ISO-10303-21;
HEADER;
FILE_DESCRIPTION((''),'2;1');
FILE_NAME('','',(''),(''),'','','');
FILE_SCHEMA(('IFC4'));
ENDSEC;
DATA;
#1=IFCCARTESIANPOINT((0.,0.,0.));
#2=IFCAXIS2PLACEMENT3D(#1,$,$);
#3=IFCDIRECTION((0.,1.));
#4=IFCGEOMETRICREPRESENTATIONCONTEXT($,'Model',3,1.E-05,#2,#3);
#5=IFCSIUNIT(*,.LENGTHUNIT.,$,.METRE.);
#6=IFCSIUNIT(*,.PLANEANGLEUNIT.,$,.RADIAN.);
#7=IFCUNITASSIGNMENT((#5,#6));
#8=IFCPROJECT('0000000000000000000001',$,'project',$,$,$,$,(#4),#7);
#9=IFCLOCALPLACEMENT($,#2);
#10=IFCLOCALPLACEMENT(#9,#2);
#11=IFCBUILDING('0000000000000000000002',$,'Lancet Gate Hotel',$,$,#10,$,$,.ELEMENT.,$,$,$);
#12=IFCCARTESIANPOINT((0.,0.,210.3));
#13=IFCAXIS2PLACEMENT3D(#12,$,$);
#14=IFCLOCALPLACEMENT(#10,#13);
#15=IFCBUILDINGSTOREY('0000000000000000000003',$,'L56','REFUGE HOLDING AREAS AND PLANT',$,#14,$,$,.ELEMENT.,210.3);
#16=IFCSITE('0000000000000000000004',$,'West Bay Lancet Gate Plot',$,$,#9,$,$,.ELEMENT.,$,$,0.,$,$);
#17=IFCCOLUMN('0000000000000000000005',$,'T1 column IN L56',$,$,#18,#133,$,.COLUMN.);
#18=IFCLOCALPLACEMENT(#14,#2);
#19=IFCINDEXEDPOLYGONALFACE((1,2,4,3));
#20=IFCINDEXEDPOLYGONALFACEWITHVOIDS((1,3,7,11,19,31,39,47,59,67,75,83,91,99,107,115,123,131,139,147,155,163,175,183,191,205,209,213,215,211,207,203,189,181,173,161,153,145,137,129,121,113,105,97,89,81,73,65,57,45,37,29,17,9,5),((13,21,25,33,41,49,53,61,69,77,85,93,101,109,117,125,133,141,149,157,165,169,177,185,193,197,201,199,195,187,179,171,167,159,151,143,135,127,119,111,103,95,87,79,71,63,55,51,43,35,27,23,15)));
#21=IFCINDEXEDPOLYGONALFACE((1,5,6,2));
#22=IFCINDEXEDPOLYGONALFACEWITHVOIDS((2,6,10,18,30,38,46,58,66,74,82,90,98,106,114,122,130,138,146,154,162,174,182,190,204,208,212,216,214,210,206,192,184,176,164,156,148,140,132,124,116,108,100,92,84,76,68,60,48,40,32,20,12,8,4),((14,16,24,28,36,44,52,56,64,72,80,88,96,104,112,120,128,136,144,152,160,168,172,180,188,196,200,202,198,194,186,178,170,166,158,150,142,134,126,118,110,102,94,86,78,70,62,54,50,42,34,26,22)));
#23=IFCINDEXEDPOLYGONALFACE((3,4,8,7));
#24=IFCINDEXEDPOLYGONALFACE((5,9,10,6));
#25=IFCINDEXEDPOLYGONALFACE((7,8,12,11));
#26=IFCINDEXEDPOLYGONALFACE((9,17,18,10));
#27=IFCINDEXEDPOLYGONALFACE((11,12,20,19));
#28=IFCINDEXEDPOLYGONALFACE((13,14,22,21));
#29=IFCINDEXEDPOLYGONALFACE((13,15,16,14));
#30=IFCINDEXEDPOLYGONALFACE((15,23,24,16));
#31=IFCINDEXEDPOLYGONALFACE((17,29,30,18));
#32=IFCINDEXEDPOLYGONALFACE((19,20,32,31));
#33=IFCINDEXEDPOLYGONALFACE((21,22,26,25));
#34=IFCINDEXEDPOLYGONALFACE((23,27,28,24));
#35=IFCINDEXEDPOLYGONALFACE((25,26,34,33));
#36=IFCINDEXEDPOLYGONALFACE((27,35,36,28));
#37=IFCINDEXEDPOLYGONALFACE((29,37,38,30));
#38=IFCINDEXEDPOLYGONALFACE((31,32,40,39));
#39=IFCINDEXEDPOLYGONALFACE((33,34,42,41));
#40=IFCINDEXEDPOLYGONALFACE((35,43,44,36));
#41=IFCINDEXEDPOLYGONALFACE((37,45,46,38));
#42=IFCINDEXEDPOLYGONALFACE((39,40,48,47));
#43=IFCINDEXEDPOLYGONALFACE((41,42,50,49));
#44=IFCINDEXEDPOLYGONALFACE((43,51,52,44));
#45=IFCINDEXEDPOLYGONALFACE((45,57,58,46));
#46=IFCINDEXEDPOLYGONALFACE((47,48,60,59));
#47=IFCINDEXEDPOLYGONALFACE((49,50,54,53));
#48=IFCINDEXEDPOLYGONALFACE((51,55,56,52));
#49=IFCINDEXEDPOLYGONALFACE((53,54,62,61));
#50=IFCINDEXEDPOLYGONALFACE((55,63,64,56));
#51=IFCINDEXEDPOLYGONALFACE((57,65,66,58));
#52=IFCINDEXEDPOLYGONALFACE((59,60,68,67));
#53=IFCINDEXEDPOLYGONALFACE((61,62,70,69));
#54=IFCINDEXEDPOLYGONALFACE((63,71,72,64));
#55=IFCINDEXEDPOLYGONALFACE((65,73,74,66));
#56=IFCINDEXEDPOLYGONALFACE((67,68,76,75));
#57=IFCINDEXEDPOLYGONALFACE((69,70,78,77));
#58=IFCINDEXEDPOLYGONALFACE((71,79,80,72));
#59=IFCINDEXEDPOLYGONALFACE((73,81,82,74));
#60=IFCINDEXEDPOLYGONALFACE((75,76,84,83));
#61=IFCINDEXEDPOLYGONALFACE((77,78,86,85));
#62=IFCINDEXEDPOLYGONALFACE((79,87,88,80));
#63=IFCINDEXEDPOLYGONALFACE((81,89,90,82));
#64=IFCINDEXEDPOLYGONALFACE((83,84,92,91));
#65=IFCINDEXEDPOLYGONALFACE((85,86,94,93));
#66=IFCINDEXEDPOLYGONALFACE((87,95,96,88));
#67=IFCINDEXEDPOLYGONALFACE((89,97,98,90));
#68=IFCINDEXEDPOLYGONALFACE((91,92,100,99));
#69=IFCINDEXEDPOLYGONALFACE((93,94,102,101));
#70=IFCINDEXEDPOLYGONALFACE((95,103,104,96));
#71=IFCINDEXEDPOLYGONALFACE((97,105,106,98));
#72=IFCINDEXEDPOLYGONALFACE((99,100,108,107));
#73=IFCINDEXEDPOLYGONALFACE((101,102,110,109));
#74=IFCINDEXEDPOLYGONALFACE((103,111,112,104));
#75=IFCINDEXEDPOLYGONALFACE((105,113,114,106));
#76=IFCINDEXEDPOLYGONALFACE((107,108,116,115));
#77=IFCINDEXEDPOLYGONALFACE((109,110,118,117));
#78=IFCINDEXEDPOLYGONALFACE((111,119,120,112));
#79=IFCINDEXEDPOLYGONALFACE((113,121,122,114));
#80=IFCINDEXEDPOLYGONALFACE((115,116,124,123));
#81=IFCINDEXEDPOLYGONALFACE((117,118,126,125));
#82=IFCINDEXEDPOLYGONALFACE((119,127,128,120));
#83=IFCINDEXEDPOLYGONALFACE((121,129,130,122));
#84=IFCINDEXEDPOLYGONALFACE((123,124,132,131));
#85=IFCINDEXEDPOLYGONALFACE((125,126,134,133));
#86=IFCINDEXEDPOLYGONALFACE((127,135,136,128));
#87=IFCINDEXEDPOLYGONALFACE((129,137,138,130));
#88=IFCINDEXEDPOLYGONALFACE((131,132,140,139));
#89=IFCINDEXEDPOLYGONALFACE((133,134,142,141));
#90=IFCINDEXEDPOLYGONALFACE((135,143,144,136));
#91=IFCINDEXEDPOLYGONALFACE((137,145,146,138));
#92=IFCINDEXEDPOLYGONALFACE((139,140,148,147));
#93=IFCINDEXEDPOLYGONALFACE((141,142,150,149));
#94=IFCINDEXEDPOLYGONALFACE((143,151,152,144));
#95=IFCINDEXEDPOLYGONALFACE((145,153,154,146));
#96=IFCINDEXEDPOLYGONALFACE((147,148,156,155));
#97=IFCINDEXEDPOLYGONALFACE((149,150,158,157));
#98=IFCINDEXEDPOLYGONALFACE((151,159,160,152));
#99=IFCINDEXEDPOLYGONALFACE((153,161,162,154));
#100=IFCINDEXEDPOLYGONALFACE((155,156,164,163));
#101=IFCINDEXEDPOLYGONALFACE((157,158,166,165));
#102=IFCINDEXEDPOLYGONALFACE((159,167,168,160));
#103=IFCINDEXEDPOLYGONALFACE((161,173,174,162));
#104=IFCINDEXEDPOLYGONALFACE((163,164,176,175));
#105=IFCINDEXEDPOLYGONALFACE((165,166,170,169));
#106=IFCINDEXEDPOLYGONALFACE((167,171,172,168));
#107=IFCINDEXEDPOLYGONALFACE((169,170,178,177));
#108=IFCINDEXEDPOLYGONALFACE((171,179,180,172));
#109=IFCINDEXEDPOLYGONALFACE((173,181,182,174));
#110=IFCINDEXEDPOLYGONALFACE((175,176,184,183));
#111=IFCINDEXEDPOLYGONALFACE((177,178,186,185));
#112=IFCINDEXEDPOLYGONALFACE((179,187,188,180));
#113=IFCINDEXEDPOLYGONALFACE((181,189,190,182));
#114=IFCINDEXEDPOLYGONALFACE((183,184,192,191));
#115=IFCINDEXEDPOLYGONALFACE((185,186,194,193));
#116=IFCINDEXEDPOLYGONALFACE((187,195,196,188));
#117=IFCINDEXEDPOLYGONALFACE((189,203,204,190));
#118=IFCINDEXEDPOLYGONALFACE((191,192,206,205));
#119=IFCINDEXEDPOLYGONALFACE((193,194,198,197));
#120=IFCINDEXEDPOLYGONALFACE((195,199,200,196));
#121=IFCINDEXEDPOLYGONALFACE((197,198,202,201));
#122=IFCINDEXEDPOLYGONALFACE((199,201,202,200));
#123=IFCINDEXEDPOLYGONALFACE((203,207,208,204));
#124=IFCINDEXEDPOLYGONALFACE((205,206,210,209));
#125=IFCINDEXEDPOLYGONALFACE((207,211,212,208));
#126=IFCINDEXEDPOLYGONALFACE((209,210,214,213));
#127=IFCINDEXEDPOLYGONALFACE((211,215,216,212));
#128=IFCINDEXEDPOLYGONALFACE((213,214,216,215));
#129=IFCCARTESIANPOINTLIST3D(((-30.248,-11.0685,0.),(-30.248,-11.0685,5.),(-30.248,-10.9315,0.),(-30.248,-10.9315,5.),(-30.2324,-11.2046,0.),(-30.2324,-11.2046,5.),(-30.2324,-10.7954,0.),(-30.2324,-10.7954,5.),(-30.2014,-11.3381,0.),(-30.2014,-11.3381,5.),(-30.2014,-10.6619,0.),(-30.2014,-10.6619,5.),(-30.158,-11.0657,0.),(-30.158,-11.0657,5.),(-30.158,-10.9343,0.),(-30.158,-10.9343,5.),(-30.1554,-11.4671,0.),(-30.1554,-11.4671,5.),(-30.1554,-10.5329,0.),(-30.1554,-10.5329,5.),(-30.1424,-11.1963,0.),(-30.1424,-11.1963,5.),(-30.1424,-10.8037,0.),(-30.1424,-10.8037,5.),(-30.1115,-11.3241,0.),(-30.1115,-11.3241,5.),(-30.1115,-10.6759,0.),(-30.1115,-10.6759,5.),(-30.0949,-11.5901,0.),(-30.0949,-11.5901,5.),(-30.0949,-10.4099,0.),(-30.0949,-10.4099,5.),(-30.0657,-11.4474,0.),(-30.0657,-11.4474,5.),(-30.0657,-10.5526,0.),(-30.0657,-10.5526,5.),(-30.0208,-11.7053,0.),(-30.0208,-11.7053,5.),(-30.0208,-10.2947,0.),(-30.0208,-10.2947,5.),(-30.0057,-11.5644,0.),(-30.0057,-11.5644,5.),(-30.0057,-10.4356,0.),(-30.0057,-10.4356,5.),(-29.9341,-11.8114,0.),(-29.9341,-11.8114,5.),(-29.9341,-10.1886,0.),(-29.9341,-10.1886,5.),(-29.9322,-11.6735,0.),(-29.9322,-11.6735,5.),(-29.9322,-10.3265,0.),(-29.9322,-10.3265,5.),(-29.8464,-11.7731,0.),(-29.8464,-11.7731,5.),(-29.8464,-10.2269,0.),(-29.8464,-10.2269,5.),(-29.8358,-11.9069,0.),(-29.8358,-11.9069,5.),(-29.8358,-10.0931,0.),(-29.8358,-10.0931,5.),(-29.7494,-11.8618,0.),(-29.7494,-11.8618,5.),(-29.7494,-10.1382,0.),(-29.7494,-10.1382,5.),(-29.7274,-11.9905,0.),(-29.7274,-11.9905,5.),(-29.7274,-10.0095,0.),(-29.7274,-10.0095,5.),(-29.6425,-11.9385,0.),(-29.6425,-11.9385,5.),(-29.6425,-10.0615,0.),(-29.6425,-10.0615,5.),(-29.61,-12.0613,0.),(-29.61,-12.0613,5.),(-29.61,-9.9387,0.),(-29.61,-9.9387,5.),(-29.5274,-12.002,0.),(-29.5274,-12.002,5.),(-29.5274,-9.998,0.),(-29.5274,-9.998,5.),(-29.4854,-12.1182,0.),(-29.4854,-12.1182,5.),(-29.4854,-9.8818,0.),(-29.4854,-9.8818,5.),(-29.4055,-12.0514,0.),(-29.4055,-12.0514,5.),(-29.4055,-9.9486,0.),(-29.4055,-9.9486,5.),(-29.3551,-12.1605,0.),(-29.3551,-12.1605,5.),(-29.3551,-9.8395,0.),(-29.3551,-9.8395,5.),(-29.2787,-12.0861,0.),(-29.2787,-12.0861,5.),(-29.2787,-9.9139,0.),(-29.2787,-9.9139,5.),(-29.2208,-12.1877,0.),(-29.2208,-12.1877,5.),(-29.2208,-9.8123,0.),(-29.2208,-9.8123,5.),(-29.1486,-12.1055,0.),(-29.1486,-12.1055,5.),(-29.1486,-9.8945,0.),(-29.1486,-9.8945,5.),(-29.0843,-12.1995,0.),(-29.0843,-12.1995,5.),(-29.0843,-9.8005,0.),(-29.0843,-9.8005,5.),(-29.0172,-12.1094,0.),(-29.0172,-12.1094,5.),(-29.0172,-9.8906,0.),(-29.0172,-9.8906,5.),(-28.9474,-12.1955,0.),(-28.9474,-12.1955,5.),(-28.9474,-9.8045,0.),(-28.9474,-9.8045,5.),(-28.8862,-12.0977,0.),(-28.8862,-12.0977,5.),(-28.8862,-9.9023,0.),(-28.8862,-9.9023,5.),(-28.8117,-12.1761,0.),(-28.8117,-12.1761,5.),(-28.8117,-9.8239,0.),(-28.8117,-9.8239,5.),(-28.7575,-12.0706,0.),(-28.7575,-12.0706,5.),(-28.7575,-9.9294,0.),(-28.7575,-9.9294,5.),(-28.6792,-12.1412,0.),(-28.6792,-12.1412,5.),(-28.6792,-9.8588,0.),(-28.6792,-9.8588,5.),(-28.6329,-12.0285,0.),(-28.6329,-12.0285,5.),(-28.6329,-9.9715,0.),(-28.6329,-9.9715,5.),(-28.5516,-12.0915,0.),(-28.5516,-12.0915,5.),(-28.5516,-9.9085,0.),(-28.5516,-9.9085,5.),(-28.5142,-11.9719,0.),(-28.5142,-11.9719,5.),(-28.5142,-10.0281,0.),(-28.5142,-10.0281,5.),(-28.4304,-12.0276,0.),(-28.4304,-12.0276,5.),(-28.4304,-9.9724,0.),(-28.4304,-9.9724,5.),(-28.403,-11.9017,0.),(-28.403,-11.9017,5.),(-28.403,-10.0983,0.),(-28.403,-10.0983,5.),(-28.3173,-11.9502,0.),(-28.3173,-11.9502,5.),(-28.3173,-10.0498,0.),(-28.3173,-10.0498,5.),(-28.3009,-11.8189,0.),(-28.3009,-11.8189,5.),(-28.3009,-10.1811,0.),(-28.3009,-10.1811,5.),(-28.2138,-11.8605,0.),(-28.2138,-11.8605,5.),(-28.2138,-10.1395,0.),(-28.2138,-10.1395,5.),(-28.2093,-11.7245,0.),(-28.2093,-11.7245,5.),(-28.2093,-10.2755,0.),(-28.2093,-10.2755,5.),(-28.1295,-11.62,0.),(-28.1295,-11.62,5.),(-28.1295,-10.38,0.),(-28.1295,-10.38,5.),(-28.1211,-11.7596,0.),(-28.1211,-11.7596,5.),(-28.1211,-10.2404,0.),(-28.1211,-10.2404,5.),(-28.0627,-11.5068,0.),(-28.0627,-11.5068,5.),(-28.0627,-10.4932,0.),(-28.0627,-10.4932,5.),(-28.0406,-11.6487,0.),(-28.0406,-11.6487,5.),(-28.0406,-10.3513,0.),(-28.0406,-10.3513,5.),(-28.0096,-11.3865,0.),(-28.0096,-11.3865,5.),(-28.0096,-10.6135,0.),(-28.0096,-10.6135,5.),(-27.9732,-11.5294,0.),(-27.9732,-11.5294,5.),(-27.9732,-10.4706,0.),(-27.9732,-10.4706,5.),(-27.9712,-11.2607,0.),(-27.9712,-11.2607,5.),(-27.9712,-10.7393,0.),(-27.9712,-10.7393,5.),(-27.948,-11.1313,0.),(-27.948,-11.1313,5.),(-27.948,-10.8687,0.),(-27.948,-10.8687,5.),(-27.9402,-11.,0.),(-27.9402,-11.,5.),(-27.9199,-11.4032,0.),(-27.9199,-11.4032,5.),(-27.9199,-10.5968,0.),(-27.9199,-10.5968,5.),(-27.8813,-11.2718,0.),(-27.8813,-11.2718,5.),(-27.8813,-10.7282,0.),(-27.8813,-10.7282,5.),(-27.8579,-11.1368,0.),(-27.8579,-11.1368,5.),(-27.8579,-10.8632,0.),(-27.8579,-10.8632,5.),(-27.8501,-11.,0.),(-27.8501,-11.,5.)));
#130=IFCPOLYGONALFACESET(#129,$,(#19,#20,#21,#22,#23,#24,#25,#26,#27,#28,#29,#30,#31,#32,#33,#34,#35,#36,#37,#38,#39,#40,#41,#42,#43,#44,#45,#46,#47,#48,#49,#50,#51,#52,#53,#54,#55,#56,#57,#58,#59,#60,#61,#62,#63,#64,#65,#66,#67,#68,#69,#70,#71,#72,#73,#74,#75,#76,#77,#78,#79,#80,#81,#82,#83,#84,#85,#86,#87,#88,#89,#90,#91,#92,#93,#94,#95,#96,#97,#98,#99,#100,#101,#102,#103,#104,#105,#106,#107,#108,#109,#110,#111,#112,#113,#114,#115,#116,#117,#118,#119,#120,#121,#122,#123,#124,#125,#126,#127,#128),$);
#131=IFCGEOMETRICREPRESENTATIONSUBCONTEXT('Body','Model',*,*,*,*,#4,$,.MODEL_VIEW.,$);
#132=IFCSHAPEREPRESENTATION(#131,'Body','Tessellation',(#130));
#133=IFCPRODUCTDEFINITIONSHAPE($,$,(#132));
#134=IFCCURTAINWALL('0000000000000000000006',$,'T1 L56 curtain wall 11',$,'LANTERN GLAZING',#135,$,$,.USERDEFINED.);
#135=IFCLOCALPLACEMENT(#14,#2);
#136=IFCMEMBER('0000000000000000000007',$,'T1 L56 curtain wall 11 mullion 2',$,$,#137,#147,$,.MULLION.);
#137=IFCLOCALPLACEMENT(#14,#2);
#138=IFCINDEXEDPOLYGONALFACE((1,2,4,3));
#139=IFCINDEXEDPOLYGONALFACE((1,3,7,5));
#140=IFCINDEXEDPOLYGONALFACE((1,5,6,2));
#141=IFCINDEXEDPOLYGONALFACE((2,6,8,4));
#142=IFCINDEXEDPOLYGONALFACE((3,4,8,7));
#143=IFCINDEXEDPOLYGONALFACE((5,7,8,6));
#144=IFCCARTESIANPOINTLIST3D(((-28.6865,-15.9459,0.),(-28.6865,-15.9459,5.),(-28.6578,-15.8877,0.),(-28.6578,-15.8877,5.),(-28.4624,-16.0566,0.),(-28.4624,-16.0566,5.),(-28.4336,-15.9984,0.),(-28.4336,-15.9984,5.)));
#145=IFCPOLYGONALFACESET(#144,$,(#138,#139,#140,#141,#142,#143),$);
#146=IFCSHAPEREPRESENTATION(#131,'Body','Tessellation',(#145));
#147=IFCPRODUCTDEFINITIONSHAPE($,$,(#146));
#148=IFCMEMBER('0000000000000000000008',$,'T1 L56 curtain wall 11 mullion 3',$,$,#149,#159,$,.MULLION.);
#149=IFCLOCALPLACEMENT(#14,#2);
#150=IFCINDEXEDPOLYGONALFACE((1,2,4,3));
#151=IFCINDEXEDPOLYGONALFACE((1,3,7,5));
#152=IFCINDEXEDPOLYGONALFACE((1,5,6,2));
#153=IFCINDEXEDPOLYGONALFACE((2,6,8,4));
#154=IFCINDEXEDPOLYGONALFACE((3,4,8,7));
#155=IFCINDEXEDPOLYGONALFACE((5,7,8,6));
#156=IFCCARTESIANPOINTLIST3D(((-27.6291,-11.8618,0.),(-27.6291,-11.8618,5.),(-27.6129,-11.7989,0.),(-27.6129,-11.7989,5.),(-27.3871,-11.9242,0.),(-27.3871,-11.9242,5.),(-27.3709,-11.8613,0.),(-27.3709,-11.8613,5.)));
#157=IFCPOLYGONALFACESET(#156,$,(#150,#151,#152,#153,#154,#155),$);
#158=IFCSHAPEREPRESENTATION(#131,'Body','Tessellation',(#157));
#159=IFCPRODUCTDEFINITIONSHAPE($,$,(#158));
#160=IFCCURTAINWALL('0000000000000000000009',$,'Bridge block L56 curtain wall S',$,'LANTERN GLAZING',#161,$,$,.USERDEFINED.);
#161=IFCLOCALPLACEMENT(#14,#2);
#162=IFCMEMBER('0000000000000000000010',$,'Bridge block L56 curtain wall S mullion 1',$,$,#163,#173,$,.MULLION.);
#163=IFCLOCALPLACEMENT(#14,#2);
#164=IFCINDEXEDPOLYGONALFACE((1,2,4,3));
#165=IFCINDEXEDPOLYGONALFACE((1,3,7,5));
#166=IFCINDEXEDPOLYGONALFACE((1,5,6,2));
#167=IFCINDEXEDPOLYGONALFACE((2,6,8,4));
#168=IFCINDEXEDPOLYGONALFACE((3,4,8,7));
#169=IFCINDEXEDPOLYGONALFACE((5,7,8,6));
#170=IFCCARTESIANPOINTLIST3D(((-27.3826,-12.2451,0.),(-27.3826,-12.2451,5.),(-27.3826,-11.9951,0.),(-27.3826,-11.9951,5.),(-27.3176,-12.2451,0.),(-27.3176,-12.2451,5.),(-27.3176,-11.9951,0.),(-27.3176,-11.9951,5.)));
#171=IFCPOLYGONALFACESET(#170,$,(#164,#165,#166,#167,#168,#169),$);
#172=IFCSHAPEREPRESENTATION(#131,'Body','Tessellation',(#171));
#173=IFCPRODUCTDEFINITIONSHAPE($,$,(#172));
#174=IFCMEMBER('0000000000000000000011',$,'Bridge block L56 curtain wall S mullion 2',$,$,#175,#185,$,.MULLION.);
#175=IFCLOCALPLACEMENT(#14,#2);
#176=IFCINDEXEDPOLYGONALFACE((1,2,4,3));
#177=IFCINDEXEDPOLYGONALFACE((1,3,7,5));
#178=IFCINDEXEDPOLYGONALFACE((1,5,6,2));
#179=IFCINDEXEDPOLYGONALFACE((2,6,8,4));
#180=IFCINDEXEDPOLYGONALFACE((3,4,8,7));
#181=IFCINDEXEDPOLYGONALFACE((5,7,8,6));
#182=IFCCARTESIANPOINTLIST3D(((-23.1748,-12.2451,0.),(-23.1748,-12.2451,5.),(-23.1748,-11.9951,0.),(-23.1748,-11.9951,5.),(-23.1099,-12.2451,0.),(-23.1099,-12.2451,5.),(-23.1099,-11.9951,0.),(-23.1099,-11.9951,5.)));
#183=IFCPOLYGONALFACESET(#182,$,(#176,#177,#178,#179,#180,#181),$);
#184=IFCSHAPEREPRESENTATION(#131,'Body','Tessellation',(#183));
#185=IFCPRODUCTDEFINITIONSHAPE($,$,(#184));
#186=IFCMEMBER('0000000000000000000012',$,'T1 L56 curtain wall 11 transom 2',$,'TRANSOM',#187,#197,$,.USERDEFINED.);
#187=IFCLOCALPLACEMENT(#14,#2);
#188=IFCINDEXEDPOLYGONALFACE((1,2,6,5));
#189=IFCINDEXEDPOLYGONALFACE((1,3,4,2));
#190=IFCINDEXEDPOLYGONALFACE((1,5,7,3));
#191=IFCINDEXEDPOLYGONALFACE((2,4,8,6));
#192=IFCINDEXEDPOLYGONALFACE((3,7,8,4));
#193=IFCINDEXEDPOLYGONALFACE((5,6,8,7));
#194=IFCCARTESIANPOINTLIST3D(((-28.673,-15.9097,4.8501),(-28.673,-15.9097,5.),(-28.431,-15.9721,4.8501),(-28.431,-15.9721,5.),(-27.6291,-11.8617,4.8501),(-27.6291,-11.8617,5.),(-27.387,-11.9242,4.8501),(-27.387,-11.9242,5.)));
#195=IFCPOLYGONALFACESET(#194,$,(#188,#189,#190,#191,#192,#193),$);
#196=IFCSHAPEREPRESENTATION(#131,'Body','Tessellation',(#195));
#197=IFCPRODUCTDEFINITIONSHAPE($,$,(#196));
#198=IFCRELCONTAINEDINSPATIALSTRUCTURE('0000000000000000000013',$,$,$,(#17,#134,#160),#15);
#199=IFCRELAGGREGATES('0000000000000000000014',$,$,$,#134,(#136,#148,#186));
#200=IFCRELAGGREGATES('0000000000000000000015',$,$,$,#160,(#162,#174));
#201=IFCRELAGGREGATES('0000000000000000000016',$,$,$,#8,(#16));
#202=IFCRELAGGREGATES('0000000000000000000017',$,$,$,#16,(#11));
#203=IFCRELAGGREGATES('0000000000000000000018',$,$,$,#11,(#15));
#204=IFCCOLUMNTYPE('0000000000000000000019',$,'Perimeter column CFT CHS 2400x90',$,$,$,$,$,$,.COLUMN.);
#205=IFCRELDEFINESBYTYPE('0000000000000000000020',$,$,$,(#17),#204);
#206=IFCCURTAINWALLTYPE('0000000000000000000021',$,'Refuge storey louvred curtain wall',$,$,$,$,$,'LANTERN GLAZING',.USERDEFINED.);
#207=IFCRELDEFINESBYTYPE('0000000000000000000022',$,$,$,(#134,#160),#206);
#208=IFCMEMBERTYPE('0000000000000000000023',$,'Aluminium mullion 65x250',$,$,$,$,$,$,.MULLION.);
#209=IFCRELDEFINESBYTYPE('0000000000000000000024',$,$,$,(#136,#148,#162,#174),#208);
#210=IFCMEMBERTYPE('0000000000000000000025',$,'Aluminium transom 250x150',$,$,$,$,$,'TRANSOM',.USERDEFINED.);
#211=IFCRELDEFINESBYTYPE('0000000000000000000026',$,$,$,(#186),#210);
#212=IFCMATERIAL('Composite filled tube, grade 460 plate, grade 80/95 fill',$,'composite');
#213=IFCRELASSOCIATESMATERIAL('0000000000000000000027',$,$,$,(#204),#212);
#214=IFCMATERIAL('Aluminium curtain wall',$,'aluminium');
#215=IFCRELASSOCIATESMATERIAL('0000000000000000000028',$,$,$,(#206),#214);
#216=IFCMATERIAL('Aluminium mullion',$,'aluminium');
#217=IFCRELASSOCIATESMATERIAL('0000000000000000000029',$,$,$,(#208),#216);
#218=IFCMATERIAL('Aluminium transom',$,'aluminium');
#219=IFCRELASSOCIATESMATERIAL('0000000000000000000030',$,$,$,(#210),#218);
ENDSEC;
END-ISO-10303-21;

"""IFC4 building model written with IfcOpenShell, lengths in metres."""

from ifc_helpers import new_model, si_unit, direction, frame, origin, origin_2d, place, context, subcontext, project, spatial, rectangle, hollow_circle, extrude, material, material_profile, profile_set, type_object, element, aggregate, save


model = new_model("IFC4")

# Units and contexts
model_context = context("Model", 3, precision=1e-05, world=origin(), true_north=direction((0.0, 1.0)))
body_context = subcontext(model_context, "Body", "Model", "MODEL_VIEW")
ifc_project = project(units=[si_unit("LENGTHUNIT", "METRE"), si_unit("PLANEANGLEUNIT", "RADIAN")], contexts=[model_context])

# Site, building, storey
site_placement = place(None, origin())
site = spatial("IfcSite", under=ifc_project, at=site_placement, Name="West Bay Lancet Gate Plot", CompositionType="ELEMENT", RefElevation=0.0)
building_placement = place(site_placement, origin())
building = spatial("IfcBuilding", under=site, at=building_placement, Name="Lancet Gate Hotel", CompositionType="ELEMENT")
storey_placement = place(building_placement, frame((0.0, 0.0, 210.3)))
storey = spatial("IfcBuildingStorey", under=building, at=storey_placement, Name="L56", Description="REFUGE HOLDING AREAS AND PLANT", CompositionType="ELEMENT", Elevation=210.3)

# Column
ifc_material_1 = material(Name="Composite filled tube, grade 460 plate, grade 80/95 fill", Category="composite")
ifc_material_profile_1 = material_profile(ifc_material_1, hollow_circle(Radius=1.2, WallThickness=0.0901, at=origin_2d()), Name="CHS 2400x90")
ifc_profile_set_1 = profile_set([ifc_material_profile_1], Name="Composite filled tube, grade 460 plate, grade 80/95 fill")
column_type = type_object("IfcColumnType", Name="Perimeter column CFT CHS 2400x90", PredefinedType="COLUMN", material=ifc_profile_set_1)
column_placement = place(storey_placement, frame((-29.05, -11.0, 0.0), z_axis=(0.0, 0.0, 1.0), x_axis=(1.0, 0.0, 0.0)))
element("IfcColumn", 1, at=column_placement, inside=storey, type_object=column_type, Name="T1 column IN L56", PredefinedType="COLUMN", context=body_context, shape_type="SweptSolid", body=[
    extrude(hollow_circle(Radius=1.2, WallThickness=0.0901, at=origin_2d()), origin(), (0.0, 0.0, 1.0), 5.0),
])

# Curtain walls, members
ifc_material_2 = material(Name="Aluminium curtain wall", Category="aluminium")
curtain_wall_type = type_object("IfcCurtainWallType", Name="Refuge storey louvred curtain wall", ElementType="LANTERN GLAZING", PredefinedType="USERDEFINED", material=ifc_material_2)
curtain_wall_1_placement = place(storey_placement, origin())
curtain_wall_1 = element("IfcCurtainWall", 2, at=curtain_wall_1_placement, inside=storey, type_object=curtain_wall_type, Name="T1 L56 curtain wall 11", ObjectType="LANTERN GLAZING", PredefinedType="USERDEFINED")
ifc_material_3 = material(Name="Aluminium mullion", Category="aluminium")
ifc_material_profile_2 = material_profile(ifc_material_3, rectangle(XDim=0.0649, YDim=0.25, at=origin_2d()), Name="MULLION 65x250")
ifc_profile_set_2 = profile_set([ifc_material_profile_2], Name="Aluminium mullion")
member_type_1 = type_object("IfcMemberType", Name="Aluminium mullion 65x250", PredefinedType="MULLION", material=ifc_profile_set_2)
member_1_placement = place(storey_placement, frame((-28.5601, -15.9722, 0.0), z_axis=(0.0, 0.0, 1.0), x_axis=(0.442875, 0.896583, 0.0)))
member_1 = element("IfcMember", 3, at=member_1_placement, type_object=member_type_1, Name="T1 L56 curtain wall 11 mullion 2", PredefinedType="MULLION", context=body_context, shape_type="SweptSolid", body=[
    extrude(rectangle(XDim=0.0649, YDim=0.25, at=origin_2d()), origin(), (0.0, 0.0, 1.0), 5.0),
])
member_2_placement = place(storey_placement, frame((-27.5, -11.8616, 0.0), z_axis=(0.0, 0.0, 1.0), x_axis=(0.249726, 0.968317, 0.0)))
member_2 = element("IfcMember", 4, at=member_2_placement, type_object=member_type_1, Name="T1 L56 curtain wall 11 mullion 3", PredefinedType="MULLION", context=body_context, shape_type="SweptSolid", body=[
    extrude(rectangle(XDim=0.0649, YDim=0.25, at=origin_2d()), origin(), (0.0, 0.0, 1.0), 5.0),
])
curtain_wall_2_placement = place(storey_placement, origin())
curtain_wall_2 = element("IfcCurtainWall", 5, at=curtain_wall_2_placement, inside=storey, type_object=curtain_wall_type, Name="Bridge block L56 curtain wall S", ObjectType="LANTERN GLAZING", PredefinedType="USERDEFINED")
member_3_placement = place(storey_placement, frame((-27.3501, -12.1201, 0.0), z_axis=(0.0, 0.0, 1.0), x_axis=(1.0, 0.0, 0.0)))
member_3 = element("IfcMember", 6, at=member_3_placement, type_object=member_type_1, Name="Bridge block L56 curtain wall S mullion 1", PredefinedType="MULLION", context=body_context, shape_type="SweptSolid", body=[
    extrude(rectangle(XDim=0.0649, YDim=0.25, at=origin_2d()), origin(), (0.0, 0.0, 1.0), 5.0),
])
member_4_placement = place(storey_placement, frame((-23.1423, -12.1201, 0.0), z_axis=(0.0, 0.0, 1.0), x_axis=(1.0, 0.0, 0.0)))
member_4 = element("IfcMember", 7, at=member_4_placement, type_object=member_type_1, Name="Bridge block L56 curtain wall S mullion 2", PredefinedType="MULLION", context=body_context, shape_type="SweptSolid", body=[
    extrude(rectangle(XDim=0.0649, YDim=0.25, at=origin_2d()), origin(), (0.0, 0.0, 1.0), 5.0),
])

# Member
ifc_material_4 = material(Name="Aluminium transom", Category="aluminium")
ifc_material_profile_3 = material_profile(ifc_material_4, rectangle(XDim=0.25, YDim=0.1499, at=origin_2d()), Name="TRANSOM 250x150")
ifc_profile_set_3 = profile_set([ifc_material_profile_3], Name="Aluminium transom")
member_type_2 = type_object("IfcMemberType", Name="Aluminium transom 250x150", ElementType="TRANSOM", PredefinedType="USERDEFINED", material=ifc_profile_set_3)
member_5_placement = place(storey_placement, frame((-28.552, -15.9409, 4.925), z_axis=(0.249716, 0.968319, 0.0), x_axis=(-0.968319, 0.249716, 0.0)))
member_5 = element("IfcMember", 8, at=member_5_placement, type_object=member_type_2, Name="T1 L56 curtain wall 11 transom 2", ObjectType="TRANSOM", PredefinedType="USERDEFINED", context=body_context, shape_type="SweptSolid", body=[
    extrude(rectangle(XDim=0.25, YDim=0.1499, at=origin_2d()), origin(), (0.0, 0.0, 1.0), 4.1804),
])

aggregate(curtain_wall_1, [member_1, member_2, member_5])
aggregate(curtain_wall_2, [member_3, member_4])

save(model, "model.ifc")
